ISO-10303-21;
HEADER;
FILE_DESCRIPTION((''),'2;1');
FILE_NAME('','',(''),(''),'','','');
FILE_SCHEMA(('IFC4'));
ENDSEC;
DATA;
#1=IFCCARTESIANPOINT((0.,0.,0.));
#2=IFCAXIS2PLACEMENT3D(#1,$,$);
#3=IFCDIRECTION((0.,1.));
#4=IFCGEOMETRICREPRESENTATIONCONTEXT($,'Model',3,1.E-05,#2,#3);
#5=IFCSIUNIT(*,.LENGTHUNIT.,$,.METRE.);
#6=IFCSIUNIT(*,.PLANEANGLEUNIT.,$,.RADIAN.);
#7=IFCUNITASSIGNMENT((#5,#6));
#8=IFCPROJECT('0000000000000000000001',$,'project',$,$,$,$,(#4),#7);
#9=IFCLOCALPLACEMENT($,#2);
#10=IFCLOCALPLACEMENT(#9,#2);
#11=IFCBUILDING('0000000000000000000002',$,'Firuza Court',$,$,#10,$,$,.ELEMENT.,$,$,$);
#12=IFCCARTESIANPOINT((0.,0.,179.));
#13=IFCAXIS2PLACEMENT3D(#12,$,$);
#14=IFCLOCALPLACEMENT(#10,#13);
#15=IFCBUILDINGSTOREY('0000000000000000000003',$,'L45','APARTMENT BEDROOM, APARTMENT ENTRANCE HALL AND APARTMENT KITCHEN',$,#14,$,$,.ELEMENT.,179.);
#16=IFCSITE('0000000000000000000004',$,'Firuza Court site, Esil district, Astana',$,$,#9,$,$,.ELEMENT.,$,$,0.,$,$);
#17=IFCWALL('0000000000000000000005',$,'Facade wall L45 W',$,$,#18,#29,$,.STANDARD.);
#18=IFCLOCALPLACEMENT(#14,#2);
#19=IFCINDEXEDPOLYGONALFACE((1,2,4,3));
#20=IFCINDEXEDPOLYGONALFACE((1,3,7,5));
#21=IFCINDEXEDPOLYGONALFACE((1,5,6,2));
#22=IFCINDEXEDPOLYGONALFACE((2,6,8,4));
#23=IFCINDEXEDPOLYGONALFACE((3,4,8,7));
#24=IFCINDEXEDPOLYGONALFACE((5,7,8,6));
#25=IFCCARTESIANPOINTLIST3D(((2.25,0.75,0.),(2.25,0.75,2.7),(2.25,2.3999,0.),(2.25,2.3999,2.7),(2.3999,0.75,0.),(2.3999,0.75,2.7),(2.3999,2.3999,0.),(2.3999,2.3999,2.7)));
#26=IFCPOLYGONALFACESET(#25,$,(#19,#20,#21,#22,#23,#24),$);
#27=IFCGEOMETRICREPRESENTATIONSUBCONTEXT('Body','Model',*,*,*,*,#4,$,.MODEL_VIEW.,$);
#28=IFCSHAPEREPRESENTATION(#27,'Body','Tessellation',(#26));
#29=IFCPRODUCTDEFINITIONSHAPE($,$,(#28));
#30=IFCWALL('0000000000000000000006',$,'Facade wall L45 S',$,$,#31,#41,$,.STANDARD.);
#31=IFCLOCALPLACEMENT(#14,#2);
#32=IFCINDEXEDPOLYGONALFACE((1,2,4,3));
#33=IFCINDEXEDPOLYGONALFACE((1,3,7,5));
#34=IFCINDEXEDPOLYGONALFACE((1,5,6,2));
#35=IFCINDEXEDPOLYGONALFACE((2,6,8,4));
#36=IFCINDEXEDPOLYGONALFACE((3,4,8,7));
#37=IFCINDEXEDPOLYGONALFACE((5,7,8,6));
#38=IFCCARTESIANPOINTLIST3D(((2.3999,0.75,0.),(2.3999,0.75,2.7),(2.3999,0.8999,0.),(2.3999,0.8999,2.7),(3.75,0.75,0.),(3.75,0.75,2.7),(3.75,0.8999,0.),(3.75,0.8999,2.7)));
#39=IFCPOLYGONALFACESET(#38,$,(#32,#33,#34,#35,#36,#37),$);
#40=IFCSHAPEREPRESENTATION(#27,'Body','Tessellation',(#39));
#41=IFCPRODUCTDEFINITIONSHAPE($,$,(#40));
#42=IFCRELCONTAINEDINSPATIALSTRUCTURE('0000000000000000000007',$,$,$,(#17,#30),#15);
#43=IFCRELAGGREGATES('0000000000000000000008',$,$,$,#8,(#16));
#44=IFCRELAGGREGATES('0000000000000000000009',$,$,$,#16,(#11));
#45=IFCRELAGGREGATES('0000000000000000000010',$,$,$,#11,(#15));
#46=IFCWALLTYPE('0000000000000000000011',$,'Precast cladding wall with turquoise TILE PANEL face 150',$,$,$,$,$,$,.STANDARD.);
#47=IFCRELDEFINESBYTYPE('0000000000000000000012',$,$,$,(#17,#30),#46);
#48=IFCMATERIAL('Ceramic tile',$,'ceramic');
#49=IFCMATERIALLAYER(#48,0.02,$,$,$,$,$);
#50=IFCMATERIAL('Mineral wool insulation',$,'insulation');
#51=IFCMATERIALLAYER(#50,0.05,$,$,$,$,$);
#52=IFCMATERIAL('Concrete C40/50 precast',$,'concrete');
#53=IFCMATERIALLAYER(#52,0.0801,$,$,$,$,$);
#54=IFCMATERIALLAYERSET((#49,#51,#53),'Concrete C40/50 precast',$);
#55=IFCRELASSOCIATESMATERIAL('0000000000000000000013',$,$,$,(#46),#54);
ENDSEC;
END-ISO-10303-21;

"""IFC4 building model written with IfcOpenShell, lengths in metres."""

from ifc_helpers import new_model, si_unit, direction, frame, frame_2d, origin, place, context, subcontext, project, spatial, rectangle, extrude, material, layer, layer_set, type_object, element, save


model = new_model("IFC4")

# Units and contexts
model_context = context("Model", 3, precision=1e-05, world=origin(), true_north=direction((0.0, 1.0)))
body_context = subcontext(model_context, "Body", "Model", "MODEL_VIEW")
ifc_project = project(units=[si_unit("LENGTHUNIT", "METRE"), si_unit("PLANEANGLEUNIT", "RADIAN")], contexts=[model_context])

# Site, building, storey
site_placement = place(None, origin())
site = spatial("IfcSite", under=ifc_project, at=site_placement, Name="Firuza Court site, Esil district, Astana", CompositionType="ELEMENT", RefElevation=0.0)
building_placement = place(site_placement, origin())
building = spatial("IfcBuilding", under=site, at=building_placement, Name="Firuza Court", CompositionType="ELEMENT")
storey_placement = place(building_placement, frame((0.0, 0.0, 179.0)))
storey = spatial("IfcBuildingStorey", under=building, at=storey_placement, Name="L45", Description="APARTMENT BEDROOM, APARTMENT ENTRANCE HALL AND APARTMENT KITCHEN", CompositionType="ELEMENT", Elevation=179.0)

# Shared definitions
ifc_material_1 = material(Name="Concrete C40/50 precast", Category="concrete")

# Walls
ifc_material_2 = material(Name="Ceramic tile", Category="ceramic")
ifc_layer_1 = layer(ifc_material_2, 0.02)
ifc_material_3 = material(Name="Mineral wool insulation", Category="insulation")
ifc_layer_2 = layer(ifc_material_3, 0.05)
ifc_layer_3 = layer(ifc_material_1, 0.0801)
ifc_layer_set_1 = layer_set([ifc_layer_1, ifc_layer_2, ifc_layer_3], Name="Concrete C40/50 precast")
wall_type_1 = type_object("IfcWallType", Name="Precast cladding wall with turquoise TILE PANEL face 150", PredefinedType="STANDARD", material=ifc_layer_set_1)
wall_1_placement = place(storey_placement, frame((2.325, 2.3999, 0.0), z_axis=(0.0, 0.0, 1.0), x_axis=(0.0, -1.0, 0.0)))
element("IfcWall", 1, at=wall_1_placement, inside=storey, type_object=wall_type_1, Name="Facade wall L45 W", PredefinedType="STANDARD", context=body_context, shape_type="SweptSolid", body=[
    extrude(rectangle(XDim=1.6499, YDim=0.1499, at=frame_2d((0.825, 0.0))), origin(), (0.0, 0.0, 1.0), 2.7),
])
wall_2_placement = place(storey_placement, frame((2.3999, 0.825, 0.0), z_axis=(0.0, 0.0, 1.0), x_axis=(1.0, 0.0, 0.0)))
element("IfcWall", 2, at=wall_2_placement, inside=storey, type_object=wall_type_1, Name="Facade wall L45 S", PredefinedType="STANDARD", context=body_context, shape_type="SweptSolid", body=[
    extrude(rectangle(XDim=1.3501, YDim=0.1499, at=frame_2d((0.675, 0.0))), origin(), (0.0, 0.0, 1.0), 2.7),
])

save(model, "model.ifc")
